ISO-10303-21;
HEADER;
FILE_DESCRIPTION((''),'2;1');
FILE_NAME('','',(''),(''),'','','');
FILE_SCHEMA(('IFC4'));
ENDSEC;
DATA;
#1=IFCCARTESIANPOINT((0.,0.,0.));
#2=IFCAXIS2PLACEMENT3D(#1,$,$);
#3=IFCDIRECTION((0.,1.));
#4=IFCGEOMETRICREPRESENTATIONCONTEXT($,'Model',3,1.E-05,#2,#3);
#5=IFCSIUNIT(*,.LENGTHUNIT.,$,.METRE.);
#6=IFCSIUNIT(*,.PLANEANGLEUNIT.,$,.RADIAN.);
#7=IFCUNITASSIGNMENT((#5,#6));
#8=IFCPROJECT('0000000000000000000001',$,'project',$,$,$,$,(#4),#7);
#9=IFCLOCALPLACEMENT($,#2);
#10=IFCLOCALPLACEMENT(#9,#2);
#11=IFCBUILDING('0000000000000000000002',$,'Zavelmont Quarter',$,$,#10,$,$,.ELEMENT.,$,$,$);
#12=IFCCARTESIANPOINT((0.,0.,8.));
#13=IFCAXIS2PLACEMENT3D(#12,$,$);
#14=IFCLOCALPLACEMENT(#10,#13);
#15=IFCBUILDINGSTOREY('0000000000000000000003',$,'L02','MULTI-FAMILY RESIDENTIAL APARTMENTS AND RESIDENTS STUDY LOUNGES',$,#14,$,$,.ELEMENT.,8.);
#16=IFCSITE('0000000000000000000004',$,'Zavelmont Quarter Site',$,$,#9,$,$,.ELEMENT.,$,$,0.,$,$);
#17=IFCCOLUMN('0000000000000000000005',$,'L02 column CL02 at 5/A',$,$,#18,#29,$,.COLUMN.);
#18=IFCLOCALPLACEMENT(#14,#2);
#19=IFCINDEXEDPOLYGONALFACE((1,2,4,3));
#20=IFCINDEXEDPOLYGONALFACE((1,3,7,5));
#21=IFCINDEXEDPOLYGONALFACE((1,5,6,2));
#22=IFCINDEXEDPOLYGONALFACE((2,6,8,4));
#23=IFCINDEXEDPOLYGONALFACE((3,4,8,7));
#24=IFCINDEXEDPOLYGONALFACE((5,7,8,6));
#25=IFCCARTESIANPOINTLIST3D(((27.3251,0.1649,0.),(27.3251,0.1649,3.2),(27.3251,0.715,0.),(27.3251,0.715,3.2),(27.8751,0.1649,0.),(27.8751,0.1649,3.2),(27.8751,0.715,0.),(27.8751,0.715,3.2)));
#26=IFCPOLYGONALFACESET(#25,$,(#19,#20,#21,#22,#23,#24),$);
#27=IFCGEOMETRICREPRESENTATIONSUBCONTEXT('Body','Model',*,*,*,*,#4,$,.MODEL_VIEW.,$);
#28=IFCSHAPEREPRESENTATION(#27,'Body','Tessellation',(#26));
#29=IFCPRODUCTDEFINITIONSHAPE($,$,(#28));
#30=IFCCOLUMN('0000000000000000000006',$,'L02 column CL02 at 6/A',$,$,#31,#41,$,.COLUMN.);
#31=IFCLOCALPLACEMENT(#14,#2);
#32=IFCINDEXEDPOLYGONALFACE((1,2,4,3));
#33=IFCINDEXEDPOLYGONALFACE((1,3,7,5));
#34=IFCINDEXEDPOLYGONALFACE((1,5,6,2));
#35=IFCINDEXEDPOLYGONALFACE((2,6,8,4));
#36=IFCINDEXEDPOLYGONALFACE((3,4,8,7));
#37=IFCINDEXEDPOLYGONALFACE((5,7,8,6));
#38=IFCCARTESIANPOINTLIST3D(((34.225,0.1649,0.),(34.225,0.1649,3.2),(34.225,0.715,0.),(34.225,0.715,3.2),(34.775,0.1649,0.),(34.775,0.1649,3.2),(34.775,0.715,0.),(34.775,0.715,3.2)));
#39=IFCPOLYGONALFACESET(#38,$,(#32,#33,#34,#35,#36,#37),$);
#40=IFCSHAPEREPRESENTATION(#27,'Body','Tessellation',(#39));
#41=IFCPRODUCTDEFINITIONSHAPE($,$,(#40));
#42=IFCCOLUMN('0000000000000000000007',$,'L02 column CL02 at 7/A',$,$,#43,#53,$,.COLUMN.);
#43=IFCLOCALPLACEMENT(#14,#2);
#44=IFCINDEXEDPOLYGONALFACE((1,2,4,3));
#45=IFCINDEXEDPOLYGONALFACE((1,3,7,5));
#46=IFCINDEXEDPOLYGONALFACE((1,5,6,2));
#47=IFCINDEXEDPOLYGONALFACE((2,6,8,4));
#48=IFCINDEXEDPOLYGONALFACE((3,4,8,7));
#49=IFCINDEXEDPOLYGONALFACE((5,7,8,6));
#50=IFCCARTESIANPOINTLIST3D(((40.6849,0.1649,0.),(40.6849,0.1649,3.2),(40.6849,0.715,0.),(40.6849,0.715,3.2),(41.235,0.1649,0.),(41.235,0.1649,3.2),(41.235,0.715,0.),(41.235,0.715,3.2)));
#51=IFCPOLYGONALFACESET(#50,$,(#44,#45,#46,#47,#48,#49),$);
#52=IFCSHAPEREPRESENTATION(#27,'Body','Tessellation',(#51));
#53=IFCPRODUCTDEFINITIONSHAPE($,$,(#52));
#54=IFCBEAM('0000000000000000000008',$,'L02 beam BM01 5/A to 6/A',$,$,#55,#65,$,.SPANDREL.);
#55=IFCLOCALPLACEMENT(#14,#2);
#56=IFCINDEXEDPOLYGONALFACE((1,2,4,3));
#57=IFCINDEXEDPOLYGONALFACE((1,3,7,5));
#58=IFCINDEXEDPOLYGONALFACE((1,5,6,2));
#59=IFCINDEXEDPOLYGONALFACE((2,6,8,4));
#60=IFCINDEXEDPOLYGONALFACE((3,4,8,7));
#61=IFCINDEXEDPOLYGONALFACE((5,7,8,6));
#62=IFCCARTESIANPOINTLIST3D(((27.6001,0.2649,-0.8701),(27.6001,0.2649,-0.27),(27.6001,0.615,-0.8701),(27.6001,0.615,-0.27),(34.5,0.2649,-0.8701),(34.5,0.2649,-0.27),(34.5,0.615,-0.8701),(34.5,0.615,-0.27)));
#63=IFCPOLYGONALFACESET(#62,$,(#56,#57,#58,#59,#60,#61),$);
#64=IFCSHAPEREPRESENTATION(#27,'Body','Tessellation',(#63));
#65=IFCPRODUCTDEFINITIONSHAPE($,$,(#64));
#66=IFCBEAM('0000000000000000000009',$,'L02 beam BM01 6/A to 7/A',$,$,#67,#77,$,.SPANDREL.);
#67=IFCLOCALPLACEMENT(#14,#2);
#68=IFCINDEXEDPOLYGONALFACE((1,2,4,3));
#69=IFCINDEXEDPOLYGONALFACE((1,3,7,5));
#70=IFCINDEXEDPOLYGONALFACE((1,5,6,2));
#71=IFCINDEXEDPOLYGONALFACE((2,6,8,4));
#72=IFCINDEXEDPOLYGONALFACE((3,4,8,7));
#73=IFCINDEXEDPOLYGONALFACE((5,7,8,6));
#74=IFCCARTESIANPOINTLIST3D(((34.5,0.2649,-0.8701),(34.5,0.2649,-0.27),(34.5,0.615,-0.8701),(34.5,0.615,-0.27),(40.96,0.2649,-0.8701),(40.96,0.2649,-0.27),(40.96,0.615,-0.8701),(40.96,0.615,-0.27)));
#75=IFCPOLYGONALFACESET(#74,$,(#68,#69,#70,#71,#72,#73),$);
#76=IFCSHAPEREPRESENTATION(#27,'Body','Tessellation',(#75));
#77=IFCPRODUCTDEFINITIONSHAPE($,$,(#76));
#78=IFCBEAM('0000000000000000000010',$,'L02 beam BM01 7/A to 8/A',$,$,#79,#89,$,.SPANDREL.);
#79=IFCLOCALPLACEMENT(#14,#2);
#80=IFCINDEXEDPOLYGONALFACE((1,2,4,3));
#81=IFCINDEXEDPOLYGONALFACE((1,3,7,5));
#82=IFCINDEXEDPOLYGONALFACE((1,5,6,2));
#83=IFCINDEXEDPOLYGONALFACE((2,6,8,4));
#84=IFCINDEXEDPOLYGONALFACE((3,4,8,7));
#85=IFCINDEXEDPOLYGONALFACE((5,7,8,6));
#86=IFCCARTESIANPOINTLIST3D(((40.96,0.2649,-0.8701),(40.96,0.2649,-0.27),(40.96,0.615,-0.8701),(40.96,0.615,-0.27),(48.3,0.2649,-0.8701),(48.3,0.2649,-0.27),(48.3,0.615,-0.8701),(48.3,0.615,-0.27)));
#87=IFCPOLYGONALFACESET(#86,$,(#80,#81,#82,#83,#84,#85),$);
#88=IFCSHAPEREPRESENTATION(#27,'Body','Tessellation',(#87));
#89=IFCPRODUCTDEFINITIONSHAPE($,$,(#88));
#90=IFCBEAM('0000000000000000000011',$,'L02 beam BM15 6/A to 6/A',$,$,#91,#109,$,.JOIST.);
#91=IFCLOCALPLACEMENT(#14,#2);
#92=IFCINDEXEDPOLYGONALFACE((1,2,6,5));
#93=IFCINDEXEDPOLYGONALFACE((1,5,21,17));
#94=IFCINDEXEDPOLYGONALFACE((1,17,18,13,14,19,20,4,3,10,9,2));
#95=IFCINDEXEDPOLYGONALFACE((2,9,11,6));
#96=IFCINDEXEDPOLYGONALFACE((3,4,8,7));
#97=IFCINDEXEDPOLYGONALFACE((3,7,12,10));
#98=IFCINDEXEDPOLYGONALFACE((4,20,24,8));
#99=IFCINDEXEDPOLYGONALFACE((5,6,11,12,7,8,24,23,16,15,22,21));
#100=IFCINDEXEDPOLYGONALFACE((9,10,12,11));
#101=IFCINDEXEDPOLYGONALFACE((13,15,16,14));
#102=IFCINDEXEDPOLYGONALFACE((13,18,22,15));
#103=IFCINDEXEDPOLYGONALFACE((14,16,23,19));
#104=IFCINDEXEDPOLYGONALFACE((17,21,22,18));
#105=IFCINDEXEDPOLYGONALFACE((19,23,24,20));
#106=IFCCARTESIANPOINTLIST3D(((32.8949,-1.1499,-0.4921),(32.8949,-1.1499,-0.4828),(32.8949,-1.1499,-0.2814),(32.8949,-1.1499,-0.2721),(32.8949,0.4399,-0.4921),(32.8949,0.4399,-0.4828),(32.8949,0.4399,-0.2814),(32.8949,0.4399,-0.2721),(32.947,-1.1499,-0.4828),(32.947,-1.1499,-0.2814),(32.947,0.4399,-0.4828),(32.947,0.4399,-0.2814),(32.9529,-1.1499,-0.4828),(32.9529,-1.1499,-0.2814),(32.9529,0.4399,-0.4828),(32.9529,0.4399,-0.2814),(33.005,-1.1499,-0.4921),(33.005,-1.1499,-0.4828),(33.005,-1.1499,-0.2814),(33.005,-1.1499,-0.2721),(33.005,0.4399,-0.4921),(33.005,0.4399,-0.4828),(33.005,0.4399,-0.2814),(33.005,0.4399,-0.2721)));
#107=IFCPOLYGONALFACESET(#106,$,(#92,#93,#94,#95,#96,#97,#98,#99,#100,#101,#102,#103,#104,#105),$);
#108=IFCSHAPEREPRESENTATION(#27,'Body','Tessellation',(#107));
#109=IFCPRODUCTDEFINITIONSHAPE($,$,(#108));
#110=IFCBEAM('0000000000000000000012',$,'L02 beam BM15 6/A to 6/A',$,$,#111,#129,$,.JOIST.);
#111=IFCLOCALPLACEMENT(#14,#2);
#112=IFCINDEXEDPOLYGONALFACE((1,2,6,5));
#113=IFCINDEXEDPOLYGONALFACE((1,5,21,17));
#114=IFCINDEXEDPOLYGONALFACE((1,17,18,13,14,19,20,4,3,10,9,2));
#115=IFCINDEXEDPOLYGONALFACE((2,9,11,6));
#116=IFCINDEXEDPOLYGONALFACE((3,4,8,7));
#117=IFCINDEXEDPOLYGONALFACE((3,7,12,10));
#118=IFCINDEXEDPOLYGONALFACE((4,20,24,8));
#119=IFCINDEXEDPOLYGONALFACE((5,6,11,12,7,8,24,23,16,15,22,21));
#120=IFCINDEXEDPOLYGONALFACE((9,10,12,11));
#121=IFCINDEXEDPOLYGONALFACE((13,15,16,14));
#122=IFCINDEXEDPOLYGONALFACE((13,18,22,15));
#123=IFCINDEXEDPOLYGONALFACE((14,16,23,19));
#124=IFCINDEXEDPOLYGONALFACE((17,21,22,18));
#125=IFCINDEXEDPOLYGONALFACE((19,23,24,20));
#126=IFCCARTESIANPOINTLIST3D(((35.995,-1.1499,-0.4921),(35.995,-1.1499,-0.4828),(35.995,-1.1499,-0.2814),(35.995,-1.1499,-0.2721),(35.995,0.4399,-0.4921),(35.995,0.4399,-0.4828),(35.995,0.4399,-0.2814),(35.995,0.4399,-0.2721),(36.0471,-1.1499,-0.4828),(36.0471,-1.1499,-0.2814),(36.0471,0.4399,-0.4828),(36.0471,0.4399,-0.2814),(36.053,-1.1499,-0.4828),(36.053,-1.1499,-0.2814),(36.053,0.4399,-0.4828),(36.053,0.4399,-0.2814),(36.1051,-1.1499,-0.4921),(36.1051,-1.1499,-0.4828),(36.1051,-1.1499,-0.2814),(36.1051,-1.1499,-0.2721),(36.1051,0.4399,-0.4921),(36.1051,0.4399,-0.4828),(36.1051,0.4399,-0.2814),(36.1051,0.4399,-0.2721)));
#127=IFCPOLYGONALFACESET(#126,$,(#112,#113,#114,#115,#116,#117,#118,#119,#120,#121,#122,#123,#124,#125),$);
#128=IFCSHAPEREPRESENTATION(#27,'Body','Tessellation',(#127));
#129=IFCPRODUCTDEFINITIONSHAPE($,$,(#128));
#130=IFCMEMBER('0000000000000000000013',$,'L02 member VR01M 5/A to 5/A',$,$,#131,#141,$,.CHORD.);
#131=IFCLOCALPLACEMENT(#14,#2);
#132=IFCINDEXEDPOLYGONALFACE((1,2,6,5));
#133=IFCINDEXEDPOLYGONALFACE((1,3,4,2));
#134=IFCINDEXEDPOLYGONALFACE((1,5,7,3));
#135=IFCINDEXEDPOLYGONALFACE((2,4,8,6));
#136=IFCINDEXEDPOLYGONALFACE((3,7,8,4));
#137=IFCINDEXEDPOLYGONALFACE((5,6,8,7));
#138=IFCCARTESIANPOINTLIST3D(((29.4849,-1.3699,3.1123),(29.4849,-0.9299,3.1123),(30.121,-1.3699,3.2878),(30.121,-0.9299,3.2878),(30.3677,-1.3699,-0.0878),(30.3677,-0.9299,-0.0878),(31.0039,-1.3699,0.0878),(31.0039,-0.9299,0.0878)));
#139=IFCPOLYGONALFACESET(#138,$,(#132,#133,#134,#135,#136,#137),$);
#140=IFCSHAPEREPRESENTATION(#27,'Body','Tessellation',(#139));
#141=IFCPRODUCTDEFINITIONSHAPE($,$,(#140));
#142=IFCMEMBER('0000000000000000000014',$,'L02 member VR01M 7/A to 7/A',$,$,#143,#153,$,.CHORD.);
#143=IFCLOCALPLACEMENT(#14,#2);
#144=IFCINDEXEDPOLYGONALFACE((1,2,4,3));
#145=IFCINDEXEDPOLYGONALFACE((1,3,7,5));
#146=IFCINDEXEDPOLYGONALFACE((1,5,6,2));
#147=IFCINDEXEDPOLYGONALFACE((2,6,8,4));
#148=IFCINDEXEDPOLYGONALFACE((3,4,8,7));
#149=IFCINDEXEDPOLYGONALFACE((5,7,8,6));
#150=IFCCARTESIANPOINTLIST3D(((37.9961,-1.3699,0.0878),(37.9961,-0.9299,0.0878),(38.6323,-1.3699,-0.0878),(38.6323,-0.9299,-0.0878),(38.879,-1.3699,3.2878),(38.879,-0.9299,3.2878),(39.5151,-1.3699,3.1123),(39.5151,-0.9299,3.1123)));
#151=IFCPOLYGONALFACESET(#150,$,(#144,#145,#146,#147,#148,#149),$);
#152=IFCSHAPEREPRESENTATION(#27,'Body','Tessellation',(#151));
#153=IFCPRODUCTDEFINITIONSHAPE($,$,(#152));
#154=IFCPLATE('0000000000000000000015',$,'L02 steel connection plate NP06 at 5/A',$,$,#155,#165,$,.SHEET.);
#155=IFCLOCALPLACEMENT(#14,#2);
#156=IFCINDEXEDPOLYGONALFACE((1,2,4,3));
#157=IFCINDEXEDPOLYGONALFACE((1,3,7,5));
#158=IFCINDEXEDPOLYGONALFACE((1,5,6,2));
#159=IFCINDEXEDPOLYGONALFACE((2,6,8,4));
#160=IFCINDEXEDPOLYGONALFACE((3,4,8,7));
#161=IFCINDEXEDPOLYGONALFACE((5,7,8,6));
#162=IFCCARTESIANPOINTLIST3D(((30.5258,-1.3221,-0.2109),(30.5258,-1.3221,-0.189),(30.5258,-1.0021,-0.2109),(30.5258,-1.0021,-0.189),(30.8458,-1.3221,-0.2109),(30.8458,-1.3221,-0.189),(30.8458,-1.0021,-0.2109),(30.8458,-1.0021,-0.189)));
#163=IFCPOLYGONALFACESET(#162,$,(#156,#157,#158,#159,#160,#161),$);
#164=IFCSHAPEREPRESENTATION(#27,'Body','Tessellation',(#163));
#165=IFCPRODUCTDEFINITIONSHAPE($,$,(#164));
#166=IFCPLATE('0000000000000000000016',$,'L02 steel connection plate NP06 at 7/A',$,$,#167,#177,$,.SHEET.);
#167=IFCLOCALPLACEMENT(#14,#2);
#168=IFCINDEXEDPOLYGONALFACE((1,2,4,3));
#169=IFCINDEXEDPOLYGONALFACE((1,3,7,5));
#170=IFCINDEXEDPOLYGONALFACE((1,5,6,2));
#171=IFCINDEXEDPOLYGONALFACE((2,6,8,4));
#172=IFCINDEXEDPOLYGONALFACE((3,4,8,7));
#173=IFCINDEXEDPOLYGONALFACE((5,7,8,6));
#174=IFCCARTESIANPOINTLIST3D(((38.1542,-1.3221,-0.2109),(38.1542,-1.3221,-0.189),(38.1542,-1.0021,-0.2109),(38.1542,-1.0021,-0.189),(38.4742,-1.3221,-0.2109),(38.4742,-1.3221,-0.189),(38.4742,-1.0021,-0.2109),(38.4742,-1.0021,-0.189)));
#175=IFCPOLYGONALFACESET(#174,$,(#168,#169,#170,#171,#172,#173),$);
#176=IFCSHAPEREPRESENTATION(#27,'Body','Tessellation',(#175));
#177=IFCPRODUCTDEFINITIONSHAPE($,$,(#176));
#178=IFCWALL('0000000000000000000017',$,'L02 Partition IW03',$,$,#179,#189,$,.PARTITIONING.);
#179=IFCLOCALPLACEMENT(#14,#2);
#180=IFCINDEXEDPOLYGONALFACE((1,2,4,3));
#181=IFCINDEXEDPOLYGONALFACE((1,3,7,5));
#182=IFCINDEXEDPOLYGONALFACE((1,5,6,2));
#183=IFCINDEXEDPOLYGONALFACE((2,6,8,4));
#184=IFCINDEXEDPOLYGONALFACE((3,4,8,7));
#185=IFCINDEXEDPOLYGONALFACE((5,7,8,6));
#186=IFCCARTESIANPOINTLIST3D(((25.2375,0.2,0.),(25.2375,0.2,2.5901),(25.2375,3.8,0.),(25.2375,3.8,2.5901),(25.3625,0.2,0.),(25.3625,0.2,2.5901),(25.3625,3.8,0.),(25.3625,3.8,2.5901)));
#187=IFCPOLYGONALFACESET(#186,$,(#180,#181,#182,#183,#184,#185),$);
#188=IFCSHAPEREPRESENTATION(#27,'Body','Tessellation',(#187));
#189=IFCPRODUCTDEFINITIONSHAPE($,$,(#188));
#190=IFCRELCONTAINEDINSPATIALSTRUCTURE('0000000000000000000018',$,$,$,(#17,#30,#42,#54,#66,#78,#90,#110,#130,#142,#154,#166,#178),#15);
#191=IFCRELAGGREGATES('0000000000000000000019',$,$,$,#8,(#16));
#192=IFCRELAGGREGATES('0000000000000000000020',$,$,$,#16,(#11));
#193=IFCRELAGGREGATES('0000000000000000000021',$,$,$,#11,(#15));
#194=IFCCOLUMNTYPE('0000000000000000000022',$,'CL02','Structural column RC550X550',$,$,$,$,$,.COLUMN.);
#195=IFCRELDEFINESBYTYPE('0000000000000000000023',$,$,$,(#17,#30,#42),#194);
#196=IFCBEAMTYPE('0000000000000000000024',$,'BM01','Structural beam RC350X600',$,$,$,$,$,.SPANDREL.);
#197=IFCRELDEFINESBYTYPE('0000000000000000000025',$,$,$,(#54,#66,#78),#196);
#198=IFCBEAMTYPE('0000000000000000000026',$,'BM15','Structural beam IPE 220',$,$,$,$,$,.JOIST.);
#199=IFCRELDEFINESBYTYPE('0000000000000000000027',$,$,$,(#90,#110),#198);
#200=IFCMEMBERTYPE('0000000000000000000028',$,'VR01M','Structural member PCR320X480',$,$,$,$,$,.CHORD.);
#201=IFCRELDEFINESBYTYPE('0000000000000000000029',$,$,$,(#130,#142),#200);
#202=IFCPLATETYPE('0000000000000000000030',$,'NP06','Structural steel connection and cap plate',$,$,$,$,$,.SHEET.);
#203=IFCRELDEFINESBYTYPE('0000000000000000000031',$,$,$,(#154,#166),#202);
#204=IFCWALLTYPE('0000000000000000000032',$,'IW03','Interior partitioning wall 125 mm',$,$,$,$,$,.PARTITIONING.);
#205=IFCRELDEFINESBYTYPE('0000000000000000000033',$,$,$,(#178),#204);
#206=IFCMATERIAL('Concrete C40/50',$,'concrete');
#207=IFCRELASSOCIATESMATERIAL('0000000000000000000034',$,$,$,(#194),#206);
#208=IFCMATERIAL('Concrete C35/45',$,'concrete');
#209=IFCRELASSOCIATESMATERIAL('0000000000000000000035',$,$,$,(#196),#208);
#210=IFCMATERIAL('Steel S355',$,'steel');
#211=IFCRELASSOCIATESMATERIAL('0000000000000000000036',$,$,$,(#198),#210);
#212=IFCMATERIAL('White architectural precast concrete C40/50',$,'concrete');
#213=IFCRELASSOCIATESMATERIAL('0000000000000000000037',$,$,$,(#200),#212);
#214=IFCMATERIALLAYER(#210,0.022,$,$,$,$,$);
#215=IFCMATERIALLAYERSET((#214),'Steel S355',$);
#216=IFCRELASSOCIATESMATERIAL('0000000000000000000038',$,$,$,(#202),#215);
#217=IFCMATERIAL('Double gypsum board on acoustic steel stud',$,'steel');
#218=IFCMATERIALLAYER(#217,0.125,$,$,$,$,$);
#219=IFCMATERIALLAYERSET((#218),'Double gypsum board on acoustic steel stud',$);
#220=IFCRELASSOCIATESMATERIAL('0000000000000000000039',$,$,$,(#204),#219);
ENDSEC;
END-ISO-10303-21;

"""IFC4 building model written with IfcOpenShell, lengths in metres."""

from ifc_helpers import new_model, si_unit, direction, frame, frame_2d, origin, origin_2d, place, context, subcontext, project, spatial, rectangle, i_section, extrude, material, layer, layer_set, material_profile, profile_set, type_object, element, save


model = new_model("IFC4")

# Units and contexts
model_context = context("Model", 3, precision=1e-05, world=origin(), true_north=direction((0.0, 1.0)))
body_context = subcontext(model_context, "Body", "Model", "MODEL_VIEW")
ifc_project = project(units=[si_unit("LENGTHUNIT", "METRE"), si_unit("PLANEANGLEUNIT", "RADIAN")], contexts=[model_context])

# Site, building, storey
site_placement = place(None, origin())
site = spatial("IfcSite", under=ifc_project, at=site_placement, Name="Zavelmont Quarter Site", CompositionType="ELEMENT", RefElevation=0.0)
building_placement = place(site_placement, origin())
building = spatial("IfcBuilding", under=site, at=building_placement, Name="Zavelmont Quarter", CompositionType="ELEMENT")
storey_placement = place(building_placement, frame((0.0, 0.0, 8.0)))
storey = spatial("IfcBuildingStorey", under=building, at=storey_placement, Name="L02", Description="MULTI-FAMILY RESIDENTIAL APARTMENTS AND RESIDENTS STUDY LOUNGES", CompositionType="ELEMENT", Elevation=8.0)

# Columns
ifc_material_1 = material(Name="Concrete C40/50", Category="concrete")
ifc_material_profile_1 = material_profile(ifc_material_1, rectangle(XDim=0.55, YDim=0.55, at=origin_2d()), Name="RC550X550")
ifc_profile_set_1 = profile_set([ifc_material_profile_1], Name="Concrete C40/50")
column_type = type_object("IfcColumnType", Name="CL02", Description="Structural column RC550X550", PredefinedType="COLUMN", material=ifc_profile_set_1)
for number, where, z_axis, x_axis, name in (
    (1, (27.6001, 0.4399, 0.0), (0.0, 0.0, 1.0), (1.0, 0.0, 0.0), "L02 column CL02 at 5/A"),
    (2, (34.5, 0.4399, 0.0), (0.0, 0.0, 1.0), (1.0, 0.0, 0.0), "L02 column CL02 at 6/A"),
    (3, (40.96, 0.4399, 0.0), (0.0, 0.0, 1.0), (1.0, 0.0, 0.0), "L02 column CL02 at 7/A"),
):
    element("IfcColumn", number, at=place(storey_placement, frame(where, z_axis=z_axis, x_axis=x_axis)), inside=storey, type_object=column_type, Name=name, PredefinedType="COLUMN", context=body_context, shape_type="SweptSolid", body=[
        extrude(rectangle(XDim=0.55, YDim=0.55, at=origin_2d()), origin(), (0.0, 0.0, 1.0), 3.2),
    ])

# Beams
ifc_material_2 = material(Name="Concrete C35/45", Category="concrete")
ifc_material_profile_2 = material_profile(ifc_material_2, rectangle(XDim=0.3501, YDim=0.6001, at=origin_2d()), Name="RC350X600")
ifc_profile_set_2 = profile_set([ifc_material_profile_2], Name="Concrete C35/45")
beam_type_1 = type_object("IfcBeamType", Name="BM01", Description="Structural beam RC350X600", PredefinedType="SPANDREL", material=ifc_profile_set_2)
beam_1_placement = place(storey_placement, frame((27.6001, 0.4399, -0.5701), z_axis=(1.0, 0.0, 0.0), x_axis=(0.0, 1.0, 0.0)))
element("IfcBeam", 4, at=beam_1_placement, inside=storey, type_object=beam_type_1, Name="L02 beam BM01 5/A to 6/A", PredefinedType="SPANDREL", context=body_context, shape_type="SweptSolid", body=[
    extrude(rectangle(XDim=0.3501, YDim=0.6001, at=origin_2d()), origin(), (0.0, 0.0, 1.0), 6.8999),
])
beam_2_placement = place(storey_placement, frame((34.5, 0.4399, -0.5701), z_axis=(1.0, 0.0, 0.0), x_axis=(0.0, 1.0, 0.0)))
element("IfcBeam", 5, at=beam_2_placement, inside=storey, type_object=beam_type_1, Name="L02 beam BM01 6/A to 7/A", PredefinedType="SPANDREL", context=body_context, shape_type="SweptSolid", body=[
    extrude(rectangle(XDim=0.3501, YDim=0.6001, at=origin_2d()), origin(), (0.0, 0.0, 1.0), 6.46),
])
beam_3_placement = place(storey_placement, frame((40.96, 0.4399, -0.5701), z_axis=(1.0, 0.0, 0.0), x_axis=(0.0, 1.0, 0.0)))
element("IfcBeam", 6, at=beam_3_placement, inside=storey, type_object=beam_type_1, Name="L02 beam BM01 7/A to 8/A", PredefinedType="SPANDREL", context=body_context, shape_type="SweptSolid", body=[
    extrude(rectangle(XDim=0.3501, YDim=0.6001, at=origin_2d()), origin(), (0.0, 0.0, 1.0), 7.3401),
])
ifc_material_3 = material(Name="Steel S355", Category="steel")
ifc_material_profile_3 = material_profile(ifc_material_3, i_section(OverallWidth=0.1101, OverallDepth=0.22, WebThickness=0.0059, FlangeThickness=0.0093, at=origin_2d()), Name="IPE 220")
ifc_profile_set_3 = profile_set([ifc_material_profile_3], Name="Steel S355")
beam_type_2 = type_object("IfcBeamType", Name="BM15", Description="Structural beam IPE 220", PredefinedType="JOIST", material=ifc_profile_set_3)
for number, where, z_axis, x_axis, name in (
    (7, (32.95, 0.4399, -0.3821), (0.0, -1.0, 0.0), (1.0, 0.0, 0.0), "L02 beam BM15 6/A to 6/A"),
    (8, (36.05, 0.4399, -0.3821), (0.0, -1.0, 0.0), (1.0, 0.0, 0.0), "L02 beam BM15 6/A to 6/A"),
):
    element("IfcBeam", number, at=place(storey_placement, frame(where, z_axis=z_axis, x_axis=x_axis)), inside=storey, type_object=beam_type_2, Name=name, PredefinedType="JOIST", context=body_context, shape_type="SweptSolid", body=[
        extrude(i_section(OverallWidth=0.1101, OverallDepth=0.22, WebThickness=0.0059, FlangeThickness=0.0093, at=origin_2d()), origin(), (0.0, 0.0, 1.0), 1.5898),
    ])

# Members
ifc_material_4 = material(Name="White architectural precast concrete C40/50", Category="concrete")
ifc_material_profile_4 = material_profile(ifc_material_4, rectangle(XDim=0.4399, YDim=0.6599, at=origin_2d()), Name="PCR320X480")
ifc_profile_set_4 = profile_set([ifc_material_profile_4], Name="White architectural precast concrete C40/50")
member_type = type_object("IfcMemberType", Name="VR01M", Description="Structural member PCR320X480", PredefinedType="CHORD", material=ifc_profile_set_4)
for number, where, z_axis, x_axis, name in (
    (9, (30.6858, -1.1499, 0.0), (-0.265948, 0.0, 0.963987), (0.0, -1.0, 0.0), "L02 member VR01M 5/A to 5/A"),
    (10, (38.3142, -1.1499, 0.0), (0.265948, 0.0, 0.963987), (0.0, 1.0, 0.0), "L02 member VR01M 7/A to 7/A"),
):
    element("IfcMember", number, at=place(storey_placement, frame(where, z_axis=z_axis, x_axis=x_axis)), inside=storey, type_object=member_type, Name=name, PredefinedType="CHORD", context=body_context, shape_type="SweptSolid", body=[
        extrude(rectangle(XDim=0.4399, YDim=0.6599, at=origin_2d()), origin(), (0.0, 0.0, 1.0), 3.3196),
    ])

# Plates
ifc_layer_1 = layer(ifc_material_3, 0.022)
ifc_layer_set_1 = layer_set([ifc_layer_1], Name="Steel S355")
plate_type = type_object("IfcPlateType", Name="NP06", Description="Structural steel connection and cap plate", PredefinedType="SHEET", material=ifc_layer_set_1)
for number, where, z_axis, x_axis, name in (
    (11, (30.6858, -1.1621, -0.2109), (0.0, 0.0, 1.0), (1.0, 0.0, 0.0), "L02 steel connection plate NP06 at 5/A"),
    (12, (38.3142, -1.1621, -0.2109), (0.0, 0.0, 1.0), (1.0, 0.0, 0.0), "L02 steel connection plate NP06 at 7/A"),
):
    element("IfcPlate", number, at=place(storey_placement, frame(where, z_axis=z_axis, x_axis=x_axis)), inside=storey, type_object=plate_type, Name=name, PredefinedType="SHEET", context=body_context, shape_type="SweptSolid", body=[
        extrude(rectangle(XDim=0.3201, YDim=0.3201, at=origin_2d()), origin(), (0.0, 0.0, 1.0), 0.022),
    ])

# Wall
ifc_material_5 = material(Name="Double gypsum board on acoustic steel stud", Category="steel")
ifc_layer_2 = layer(ifc_material_5, 0.125)
ifc_layer_set_2 = layer_set([ifc_layer_2], Name="Double gypsum board on acoustic steel stud")
wall_type_1 = type_object("IfcWallType", Name="IW03", Description="Interior partitioning wall 125 mm", PredefinedType="PARTITIONING", material=ifc_layer_set_2)
wall_1_placement = place(storey_placement, frame((25.3, 3.8, 0.0), z_axis=(0.0, 0.0, 1.0), x_axis=(0.0, -1.0, 0.0)))
element("IfcWall", 13, at=wall_1_placement, inside=storey, type_object=wall_type_1, Name="L02 Partition IW03", PredefinedType="PARTITIONING", context=body_context, shape_type="SweptSolid", body=[
    extrude(rectangle(XDim=3.6001, YDim=0.125, at=frame_2d((1.8, 0.0))), origin(), (0.0, 0.0, 1.0), 2.5901),
])

save(model, "model.ifc")
